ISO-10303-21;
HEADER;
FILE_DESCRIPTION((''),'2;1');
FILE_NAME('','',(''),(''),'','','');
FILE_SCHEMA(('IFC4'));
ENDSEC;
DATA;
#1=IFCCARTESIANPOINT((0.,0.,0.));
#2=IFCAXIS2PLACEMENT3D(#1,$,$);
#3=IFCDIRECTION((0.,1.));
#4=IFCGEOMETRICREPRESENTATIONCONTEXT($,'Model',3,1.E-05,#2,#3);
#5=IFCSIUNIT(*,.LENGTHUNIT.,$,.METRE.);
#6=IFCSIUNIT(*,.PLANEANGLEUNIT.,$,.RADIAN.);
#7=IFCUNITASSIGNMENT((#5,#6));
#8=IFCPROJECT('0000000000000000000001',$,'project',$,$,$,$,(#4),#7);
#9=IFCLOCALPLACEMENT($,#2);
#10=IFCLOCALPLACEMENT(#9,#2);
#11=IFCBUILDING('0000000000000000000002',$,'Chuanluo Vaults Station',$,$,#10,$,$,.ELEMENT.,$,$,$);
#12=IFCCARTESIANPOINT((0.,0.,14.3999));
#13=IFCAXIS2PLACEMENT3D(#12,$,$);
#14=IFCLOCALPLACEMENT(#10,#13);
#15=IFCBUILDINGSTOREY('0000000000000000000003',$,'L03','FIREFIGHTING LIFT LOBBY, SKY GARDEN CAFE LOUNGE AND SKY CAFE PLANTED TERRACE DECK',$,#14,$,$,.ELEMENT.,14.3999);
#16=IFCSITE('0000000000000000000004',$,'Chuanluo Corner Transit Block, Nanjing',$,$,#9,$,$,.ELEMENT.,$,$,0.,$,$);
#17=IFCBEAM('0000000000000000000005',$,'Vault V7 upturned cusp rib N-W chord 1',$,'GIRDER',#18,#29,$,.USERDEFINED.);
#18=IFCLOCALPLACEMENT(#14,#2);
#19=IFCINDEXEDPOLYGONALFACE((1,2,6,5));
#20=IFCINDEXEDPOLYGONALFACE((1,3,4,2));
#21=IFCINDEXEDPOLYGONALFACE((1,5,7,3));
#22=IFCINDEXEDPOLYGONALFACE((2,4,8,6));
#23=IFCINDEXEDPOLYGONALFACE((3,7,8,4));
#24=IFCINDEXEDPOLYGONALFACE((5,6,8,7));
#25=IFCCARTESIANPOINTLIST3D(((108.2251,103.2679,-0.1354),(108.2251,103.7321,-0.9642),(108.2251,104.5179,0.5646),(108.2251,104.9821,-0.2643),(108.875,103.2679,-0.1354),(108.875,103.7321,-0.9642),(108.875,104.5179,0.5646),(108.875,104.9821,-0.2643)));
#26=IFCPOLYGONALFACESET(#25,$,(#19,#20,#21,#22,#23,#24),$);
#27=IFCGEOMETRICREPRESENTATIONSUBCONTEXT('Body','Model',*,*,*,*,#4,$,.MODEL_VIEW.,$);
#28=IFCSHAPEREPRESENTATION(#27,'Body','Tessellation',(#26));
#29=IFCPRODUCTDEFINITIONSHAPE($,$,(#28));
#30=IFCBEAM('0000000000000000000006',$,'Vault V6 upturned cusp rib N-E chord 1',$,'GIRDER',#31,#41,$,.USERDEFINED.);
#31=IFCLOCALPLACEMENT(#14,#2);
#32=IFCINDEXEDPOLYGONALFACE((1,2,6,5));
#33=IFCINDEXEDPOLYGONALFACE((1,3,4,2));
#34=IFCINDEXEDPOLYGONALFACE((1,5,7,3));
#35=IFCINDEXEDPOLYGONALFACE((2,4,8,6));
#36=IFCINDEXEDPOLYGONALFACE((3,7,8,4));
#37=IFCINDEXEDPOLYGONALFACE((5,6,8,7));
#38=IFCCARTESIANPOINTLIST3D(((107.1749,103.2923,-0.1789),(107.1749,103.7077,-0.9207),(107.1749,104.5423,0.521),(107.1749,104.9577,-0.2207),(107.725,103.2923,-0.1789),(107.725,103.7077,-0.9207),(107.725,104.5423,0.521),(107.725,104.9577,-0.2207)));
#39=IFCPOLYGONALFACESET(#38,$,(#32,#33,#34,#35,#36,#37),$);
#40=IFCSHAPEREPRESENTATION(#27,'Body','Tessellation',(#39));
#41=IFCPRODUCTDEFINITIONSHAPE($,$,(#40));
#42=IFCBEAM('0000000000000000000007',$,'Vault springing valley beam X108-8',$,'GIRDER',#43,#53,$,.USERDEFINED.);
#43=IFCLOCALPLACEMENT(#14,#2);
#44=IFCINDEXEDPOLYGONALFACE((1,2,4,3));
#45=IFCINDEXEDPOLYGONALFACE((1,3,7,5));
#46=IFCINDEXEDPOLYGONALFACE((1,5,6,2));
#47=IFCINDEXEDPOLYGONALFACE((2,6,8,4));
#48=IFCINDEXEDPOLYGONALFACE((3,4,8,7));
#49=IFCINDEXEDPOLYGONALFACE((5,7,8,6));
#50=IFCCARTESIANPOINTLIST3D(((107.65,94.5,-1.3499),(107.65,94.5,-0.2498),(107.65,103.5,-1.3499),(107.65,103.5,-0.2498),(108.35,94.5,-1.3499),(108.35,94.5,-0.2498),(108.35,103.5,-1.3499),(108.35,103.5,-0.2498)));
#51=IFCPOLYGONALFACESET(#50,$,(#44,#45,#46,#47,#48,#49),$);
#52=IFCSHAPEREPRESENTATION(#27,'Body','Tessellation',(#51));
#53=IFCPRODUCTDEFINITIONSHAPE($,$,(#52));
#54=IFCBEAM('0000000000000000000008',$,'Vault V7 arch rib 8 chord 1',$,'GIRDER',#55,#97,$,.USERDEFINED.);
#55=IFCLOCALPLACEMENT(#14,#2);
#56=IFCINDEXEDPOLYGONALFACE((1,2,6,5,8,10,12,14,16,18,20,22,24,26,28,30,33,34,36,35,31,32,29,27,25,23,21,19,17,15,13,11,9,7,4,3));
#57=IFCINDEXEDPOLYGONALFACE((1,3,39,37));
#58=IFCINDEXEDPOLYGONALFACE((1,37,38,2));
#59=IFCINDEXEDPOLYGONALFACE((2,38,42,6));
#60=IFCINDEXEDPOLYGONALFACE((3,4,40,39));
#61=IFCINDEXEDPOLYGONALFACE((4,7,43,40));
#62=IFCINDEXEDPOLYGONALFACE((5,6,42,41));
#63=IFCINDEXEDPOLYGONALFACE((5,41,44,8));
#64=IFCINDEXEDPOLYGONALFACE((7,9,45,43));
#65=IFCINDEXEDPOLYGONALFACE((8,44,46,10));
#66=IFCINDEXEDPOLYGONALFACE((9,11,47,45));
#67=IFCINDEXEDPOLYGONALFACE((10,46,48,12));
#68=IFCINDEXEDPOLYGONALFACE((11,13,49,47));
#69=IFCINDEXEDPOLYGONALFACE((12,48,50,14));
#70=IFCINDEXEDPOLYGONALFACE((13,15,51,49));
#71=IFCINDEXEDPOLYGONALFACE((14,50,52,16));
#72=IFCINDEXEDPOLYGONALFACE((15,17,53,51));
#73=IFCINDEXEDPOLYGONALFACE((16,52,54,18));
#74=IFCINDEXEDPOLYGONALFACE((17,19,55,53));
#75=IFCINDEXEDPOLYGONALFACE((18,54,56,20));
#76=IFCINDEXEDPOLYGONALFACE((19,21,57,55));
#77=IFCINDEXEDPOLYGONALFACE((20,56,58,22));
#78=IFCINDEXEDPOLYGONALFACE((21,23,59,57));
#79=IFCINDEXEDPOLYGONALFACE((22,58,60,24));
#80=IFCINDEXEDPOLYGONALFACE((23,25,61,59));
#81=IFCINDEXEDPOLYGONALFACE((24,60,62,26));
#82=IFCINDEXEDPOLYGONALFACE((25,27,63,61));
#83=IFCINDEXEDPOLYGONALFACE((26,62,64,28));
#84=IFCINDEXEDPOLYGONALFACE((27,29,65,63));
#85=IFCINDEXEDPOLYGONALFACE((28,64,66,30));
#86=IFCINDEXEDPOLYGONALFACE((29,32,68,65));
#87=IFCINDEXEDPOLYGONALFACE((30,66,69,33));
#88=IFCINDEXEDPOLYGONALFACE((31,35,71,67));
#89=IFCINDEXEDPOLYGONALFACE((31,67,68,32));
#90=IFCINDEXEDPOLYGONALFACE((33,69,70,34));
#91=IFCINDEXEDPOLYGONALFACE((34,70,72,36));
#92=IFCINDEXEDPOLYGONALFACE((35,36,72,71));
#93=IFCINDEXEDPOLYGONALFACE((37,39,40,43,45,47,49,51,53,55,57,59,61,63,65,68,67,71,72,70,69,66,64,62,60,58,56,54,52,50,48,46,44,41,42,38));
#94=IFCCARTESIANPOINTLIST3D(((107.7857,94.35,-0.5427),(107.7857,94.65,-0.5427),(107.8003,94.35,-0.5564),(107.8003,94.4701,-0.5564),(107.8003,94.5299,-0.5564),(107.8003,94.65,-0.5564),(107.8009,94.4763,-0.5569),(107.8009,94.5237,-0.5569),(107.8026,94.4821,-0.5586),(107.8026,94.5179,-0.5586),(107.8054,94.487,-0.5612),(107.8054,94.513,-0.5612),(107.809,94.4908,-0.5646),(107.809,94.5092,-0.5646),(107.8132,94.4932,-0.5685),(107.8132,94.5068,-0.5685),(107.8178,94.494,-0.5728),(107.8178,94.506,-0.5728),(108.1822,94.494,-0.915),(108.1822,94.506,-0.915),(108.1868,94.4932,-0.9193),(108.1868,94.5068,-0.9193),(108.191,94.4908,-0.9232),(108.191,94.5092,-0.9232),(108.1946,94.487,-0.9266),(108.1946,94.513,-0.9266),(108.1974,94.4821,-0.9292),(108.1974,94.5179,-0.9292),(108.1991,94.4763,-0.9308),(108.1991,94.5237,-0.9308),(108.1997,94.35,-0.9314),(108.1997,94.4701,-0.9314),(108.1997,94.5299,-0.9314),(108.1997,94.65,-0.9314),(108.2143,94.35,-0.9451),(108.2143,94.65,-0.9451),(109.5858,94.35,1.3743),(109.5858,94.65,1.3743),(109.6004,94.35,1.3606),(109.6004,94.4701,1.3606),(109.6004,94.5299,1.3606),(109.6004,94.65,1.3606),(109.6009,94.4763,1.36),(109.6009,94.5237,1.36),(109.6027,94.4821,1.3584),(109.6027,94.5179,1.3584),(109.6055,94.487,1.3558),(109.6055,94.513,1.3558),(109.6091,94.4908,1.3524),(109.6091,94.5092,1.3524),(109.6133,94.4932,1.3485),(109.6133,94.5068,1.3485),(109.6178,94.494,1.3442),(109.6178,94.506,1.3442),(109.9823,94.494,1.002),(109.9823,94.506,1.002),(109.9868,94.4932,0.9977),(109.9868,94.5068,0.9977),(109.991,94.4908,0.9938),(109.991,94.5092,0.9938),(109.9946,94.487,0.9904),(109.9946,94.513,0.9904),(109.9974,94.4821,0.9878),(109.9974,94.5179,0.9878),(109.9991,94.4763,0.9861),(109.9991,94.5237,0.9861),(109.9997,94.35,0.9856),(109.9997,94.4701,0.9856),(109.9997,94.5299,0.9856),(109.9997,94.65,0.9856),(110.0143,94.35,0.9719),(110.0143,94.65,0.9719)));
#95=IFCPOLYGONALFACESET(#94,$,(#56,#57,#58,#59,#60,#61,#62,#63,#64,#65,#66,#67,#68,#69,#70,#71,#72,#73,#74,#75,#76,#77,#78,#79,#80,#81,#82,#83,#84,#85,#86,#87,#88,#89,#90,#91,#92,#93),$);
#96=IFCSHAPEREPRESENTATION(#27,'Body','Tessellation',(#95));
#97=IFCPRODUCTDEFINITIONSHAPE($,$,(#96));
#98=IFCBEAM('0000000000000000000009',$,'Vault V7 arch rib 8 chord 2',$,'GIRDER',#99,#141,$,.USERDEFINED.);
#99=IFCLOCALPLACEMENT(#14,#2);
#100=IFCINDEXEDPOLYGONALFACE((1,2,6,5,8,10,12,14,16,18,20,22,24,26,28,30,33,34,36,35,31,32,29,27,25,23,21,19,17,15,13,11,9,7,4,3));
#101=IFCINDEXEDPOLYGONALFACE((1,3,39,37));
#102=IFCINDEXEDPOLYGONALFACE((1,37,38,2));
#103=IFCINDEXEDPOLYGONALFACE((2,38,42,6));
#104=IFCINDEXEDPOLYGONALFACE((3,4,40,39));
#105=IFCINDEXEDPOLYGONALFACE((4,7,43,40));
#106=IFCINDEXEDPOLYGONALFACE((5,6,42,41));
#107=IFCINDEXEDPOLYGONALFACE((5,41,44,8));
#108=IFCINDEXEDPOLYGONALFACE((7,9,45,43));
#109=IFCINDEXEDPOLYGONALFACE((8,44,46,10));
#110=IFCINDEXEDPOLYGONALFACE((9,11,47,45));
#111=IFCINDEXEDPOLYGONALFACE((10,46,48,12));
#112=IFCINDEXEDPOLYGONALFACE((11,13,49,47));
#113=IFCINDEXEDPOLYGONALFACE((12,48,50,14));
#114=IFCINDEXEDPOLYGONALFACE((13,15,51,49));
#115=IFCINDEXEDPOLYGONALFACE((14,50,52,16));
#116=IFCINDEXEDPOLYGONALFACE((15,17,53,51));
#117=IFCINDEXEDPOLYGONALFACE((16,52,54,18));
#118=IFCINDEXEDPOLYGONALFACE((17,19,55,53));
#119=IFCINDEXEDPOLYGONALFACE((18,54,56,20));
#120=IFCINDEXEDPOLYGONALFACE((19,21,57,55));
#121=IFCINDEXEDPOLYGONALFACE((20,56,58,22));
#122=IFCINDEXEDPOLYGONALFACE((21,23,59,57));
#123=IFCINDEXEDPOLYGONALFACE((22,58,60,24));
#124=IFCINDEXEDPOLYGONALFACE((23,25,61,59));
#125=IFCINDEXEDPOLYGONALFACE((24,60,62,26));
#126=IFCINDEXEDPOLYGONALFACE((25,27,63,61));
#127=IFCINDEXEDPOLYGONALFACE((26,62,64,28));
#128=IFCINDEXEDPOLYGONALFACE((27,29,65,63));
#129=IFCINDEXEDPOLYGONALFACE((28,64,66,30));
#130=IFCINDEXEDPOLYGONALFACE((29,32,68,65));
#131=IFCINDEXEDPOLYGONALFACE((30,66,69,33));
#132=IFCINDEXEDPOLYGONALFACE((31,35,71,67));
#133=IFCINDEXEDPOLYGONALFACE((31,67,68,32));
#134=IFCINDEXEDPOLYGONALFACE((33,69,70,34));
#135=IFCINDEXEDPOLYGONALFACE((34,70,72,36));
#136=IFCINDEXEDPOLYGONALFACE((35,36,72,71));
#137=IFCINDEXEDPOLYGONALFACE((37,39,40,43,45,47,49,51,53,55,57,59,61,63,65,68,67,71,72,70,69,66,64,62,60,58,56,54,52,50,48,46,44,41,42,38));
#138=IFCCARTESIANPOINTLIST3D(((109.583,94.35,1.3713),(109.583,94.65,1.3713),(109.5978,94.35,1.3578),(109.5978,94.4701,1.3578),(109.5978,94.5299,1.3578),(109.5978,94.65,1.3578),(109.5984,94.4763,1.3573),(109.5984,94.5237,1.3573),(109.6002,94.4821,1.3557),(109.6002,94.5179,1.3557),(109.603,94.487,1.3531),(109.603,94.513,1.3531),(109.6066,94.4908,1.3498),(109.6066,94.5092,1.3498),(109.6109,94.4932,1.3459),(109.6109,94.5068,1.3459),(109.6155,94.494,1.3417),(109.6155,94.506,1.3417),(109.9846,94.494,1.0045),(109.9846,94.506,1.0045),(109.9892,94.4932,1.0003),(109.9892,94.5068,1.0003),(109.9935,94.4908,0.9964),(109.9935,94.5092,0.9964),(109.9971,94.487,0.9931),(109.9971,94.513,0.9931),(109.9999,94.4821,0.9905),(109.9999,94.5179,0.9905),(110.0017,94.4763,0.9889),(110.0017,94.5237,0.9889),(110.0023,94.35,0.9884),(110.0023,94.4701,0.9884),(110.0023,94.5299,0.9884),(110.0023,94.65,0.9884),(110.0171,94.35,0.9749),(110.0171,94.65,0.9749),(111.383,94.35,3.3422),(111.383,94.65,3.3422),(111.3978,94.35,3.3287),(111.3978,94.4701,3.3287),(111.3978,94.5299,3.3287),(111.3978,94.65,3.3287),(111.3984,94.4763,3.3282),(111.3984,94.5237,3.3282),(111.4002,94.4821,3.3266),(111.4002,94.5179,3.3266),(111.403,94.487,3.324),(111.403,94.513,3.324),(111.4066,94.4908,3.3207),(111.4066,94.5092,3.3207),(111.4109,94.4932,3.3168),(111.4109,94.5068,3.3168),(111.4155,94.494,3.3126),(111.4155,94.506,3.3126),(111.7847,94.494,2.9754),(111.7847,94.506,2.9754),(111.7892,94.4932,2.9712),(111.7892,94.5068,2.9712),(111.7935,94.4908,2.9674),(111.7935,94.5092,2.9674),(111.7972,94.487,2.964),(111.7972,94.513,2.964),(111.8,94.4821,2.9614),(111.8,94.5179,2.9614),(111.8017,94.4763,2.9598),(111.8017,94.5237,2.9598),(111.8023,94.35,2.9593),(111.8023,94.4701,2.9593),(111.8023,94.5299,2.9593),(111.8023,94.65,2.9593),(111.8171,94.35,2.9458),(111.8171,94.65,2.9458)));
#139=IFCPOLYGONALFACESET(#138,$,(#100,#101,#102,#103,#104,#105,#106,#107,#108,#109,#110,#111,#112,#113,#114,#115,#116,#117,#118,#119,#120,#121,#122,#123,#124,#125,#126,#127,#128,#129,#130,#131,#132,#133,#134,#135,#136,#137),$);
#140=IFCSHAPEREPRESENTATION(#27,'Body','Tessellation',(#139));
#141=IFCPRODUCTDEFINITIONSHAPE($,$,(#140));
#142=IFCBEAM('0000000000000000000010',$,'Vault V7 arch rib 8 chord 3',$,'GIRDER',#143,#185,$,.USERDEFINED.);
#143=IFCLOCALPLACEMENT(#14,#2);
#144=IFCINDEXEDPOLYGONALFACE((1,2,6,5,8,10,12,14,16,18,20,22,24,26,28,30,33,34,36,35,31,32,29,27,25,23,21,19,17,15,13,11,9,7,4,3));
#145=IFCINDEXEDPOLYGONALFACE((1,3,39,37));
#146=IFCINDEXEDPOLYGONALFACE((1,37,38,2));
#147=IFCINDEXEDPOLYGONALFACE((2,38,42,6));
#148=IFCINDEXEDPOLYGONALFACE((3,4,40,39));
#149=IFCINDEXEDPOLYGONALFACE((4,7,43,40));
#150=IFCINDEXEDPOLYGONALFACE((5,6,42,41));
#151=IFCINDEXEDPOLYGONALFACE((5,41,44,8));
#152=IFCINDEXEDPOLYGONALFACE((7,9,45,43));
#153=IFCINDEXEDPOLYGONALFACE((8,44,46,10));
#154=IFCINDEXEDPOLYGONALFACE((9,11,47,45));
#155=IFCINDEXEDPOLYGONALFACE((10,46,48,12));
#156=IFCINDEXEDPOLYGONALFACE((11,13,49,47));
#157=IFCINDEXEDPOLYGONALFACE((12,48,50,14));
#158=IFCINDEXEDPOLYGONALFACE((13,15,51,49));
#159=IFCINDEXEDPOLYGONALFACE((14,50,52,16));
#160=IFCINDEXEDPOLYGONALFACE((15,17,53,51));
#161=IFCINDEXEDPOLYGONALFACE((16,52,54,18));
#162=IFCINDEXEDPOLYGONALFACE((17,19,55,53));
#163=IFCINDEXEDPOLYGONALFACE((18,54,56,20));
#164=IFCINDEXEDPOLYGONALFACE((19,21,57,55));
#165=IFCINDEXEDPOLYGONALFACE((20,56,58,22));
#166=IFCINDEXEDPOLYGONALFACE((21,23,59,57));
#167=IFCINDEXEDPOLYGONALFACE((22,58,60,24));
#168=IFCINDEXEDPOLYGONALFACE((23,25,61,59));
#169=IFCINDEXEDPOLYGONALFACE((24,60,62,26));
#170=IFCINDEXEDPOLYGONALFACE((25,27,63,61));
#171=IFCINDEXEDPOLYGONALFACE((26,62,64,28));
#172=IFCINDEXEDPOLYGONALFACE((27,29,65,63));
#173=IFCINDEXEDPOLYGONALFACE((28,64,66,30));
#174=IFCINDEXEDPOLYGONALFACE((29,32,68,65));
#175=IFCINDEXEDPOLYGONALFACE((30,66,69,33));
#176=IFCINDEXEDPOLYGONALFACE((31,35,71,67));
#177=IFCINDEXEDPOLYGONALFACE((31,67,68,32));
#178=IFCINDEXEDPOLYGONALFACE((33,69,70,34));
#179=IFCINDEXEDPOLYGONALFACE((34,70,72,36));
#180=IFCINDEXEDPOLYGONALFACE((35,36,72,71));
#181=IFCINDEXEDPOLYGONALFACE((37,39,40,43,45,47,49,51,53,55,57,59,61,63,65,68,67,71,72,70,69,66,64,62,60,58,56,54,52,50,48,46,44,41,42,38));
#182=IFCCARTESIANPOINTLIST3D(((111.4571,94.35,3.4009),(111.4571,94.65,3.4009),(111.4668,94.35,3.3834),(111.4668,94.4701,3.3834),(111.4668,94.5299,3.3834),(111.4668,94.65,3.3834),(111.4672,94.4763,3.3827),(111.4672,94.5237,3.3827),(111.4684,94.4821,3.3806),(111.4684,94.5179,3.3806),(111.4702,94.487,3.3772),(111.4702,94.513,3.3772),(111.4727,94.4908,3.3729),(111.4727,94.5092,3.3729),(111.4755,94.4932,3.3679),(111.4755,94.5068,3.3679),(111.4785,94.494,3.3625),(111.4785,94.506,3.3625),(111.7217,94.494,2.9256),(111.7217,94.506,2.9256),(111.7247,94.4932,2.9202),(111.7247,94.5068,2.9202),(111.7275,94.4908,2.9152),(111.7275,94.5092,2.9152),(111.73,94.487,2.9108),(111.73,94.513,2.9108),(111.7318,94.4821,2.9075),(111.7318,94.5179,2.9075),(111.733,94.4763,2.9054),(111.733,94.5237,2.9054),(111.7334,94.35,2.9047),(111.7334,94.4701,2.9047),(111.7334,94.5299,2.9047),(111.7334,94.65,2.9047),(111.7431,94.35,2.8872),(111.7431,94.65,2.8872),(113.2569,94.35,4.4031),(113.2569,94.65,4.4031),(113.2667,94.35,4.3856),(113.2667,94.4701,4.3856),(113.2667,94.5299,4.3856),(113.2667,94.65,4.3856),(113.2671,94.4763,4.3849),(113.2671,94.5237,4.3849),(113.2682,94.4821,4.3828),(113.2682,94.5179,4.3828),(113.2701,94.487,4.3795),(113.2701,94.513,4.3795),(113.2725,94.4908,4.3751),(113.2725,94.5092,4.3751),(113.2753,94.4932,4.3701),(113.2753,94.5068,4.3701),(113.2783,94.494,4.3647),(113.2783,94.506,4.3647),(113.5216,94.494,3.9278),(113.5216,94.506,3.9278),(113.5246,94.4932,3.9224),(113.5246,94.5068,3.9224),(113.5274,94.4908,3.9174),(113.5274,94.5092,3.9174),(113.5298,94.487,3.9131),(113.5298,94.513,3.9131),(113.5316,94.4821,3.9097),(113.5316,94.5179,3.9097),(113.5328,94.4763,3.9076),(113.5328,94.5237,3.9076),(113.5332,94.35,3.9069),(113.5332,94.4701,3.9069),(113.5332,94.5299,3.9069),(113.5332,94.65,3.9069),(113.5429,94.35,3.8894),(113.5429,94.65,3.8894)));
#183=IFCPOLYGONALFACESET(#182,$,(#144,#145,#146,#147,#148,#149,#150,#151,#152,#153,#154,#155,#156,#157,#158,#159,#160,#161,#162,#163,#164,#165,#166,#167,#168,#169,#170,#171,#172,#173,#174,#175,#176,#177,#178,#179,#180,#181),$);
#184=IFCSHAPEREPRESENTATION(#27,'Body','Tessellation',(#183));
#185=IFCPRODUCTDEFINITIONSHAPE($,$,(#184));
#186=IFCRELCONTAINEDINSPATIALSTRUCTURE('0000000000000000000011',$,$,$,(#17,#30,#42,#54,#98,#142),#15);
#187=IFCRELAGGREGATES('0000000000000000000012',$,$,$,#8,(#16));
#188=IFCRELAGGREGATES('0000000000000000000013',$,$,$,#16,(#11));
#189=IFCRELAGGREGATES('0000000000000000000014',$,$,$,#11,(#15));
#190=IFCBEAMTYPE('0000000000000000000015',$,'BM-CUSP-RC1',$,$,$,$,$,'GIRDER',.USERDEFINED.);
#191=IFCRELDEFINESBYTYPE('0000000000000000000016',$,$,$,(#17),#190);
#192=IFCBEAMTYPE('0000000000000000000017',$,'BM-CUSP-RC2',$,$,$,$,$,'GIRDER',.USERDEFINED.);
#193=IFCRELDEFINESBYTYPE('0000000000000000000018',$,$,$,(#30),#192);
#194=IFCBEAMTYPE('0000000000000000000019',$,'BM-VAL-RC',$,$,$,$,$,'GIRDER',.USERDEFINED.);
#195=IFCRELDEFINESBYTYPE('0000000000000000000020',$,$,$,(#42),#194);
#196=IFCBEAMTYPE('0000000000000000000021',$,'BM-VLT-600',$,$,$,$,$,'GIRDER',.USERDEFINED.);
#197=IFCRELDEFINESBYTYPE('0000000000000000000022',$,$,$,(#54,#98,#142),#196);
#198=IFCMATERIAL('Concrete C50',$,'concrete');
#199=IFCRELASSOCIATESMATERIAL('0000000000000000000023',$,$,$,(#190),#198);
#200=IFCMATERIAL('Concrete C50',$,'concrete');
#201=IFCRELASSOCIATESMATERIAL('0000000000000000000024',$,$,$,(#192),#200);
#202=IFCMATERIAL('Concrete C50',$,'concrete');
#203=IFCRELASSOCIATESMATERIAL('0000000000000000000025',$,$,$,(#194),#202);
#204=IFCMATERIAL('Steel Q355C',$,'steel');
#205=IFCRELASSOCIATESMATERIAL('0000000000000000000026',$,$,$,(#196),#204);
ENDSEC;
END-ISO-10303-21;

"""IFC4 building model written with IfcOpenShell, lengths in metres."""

from ifc_helpers import new_model, si_unit, direction, frame, origin, origin_2d, place, context, subcontext, project, spatial, rectangle, i_section, extrude, material, material_profile, profile_set, type_object, element, save


model = new_model("IFC4")

# Units and contexts
model_context = context("Model", 3, precision=1e-05, world=origin(), true_north=direction((0.0, 1.0)))
body_context = subcontext(model_context, "Body", "Model", "MODEL_VIEW")
ifc_project = project(units=[si_unit("LENGTHUNIT", "METRE"), si_unit("PLANEANGLEUNIT", "RADIAN")], contexts=[model_context])

# Site, building, storey
site_placement = place(None, origin())
site = spatial("IfcSite", under=ifc_project, at=site_placement, Name="Chuanluo Corner Transit Block, Nanjing", CompositionType="ELEMENT", RefElevation=0.0)
building_placement = place(site_placement, origin())
building = spatial("IfcBuilding", under=site, at=building_placement, Name="Chuanluo Vaults Station", CompositionType="ELEMENT")
storey_placement = place(building_placement, frame((0.0, 0.0, 14.3999)))
storey = spatial("IfcBuildingStorey", under=building, at=storey_placement, Name="L03", Description="FIREFIGHTING LIFT LOBBY, SKY GARDEN CAFE LOUNGE AND SKY CAFE PLANTED TERRACE DECK", CompositionType="ELEMENT", Elevation=14.3999)

# Beams
ifc_material_1 = material(Name="Concrete C50", Category="concrete")
ifc_material_profile_1 = material_profile(ifc_material_1, rectangle(XDim=0.6499, YDim=0.95, at=origin_2d()))
ifc_profile_set_1 = profile_set([ifc_material_profile_1], Name="Concrete C50")
beam_type_1 = type_object("IfcBeamType", Name="BM-CUSP-RC1", ElementType="GIRDER", PredefinedType="USERDEFINED", material=ifc_profile_set_1)
beam_1_placement = place(storey_placement, frame((108.55, 103.5, -0.5498), z_axis=(0.0, 0.872521, 0.488577), x_axis=(-1.0, 0.0, 0.0)))
element("IfcBeam", 1, at=beam_1_placement, inside=storey, type_object=beam_type_1, Name="Vault V7 upturned cusp rib N-W chord 1", ObjectType="GIRDER", PredefinedType="USERDEFINED", context=body_context, shape_type="SweptSolid", body=[
    extrude(rectangle(XDim=0.6499, YDim=0.95, at=origin_2d()), origin(), (0.0, 0.0, 1.0), 1.4326),
])
ifc_material_2 = material(Name="Concrete C50", Category="concrete")
ifc_material_profile_2 = material_profile(ifc_material_2, rectangle(XDim=0.55, YDim=0.8501, at=origin_2d()))
ifc_profile_set_2 = profile_set([ifc_material_profile_2], Name="Concrete C50")
beam_type_2 = type_object("IfcBeamType", Name="BM-CUSP-RC2", ElementType="GIRDER", PredefinedType="USERDEFINED", material=ifc_profile_set_2)
beam_2_placement = place(storey_placement, frame((107.45, 103.5, -0.5498), z_axis=(0.0, 0.872521, 0.488577), x_axis=(-1.0, 0.0, 0.0)))
element("IfcBeam", 2, at=beam_2_placement, inside=storey, type_object=beam_type_2, Name="Vault V6 upturned cusp rib N-E chord 1", ObjectType="GIRDER", PredefinedType="USERDEFINED", context=body_context, shape_type="SweptSolid", body=[
    extrude(rectangle(XDim=0.55, YDim=0.8501, at=origin_2d()), origin(), (0.0, 0.0, 1.0), 1.4326),
])
ifc_material_3 = material(Name="Concrete C50", Category="concrete")
ifc_material_profile_3 = material_profile(ifc_material_3, rectangle(XDim=0.7, YDim=1.1001, at=origin_2d()))
ifc_profile_set_3 = profile_set([ifc_material_profile_3], Name="Concrete C50")
beam_type_3 = type_object("IfcBeamType", Name="BM-VAL-RC", ElementType="GIRDER", PredefinedType="USERDEFINED", material=ifc_profile_set_3)
beam_3_placement = place(storey_placement, frame((108.0, 94.5, -0.7998), z_axis=(0.0, 1.0, 0.0), x_axis=(-1.0, 0.0, 0.0)))
element("IfcBeam", 3, at=beam_3_placement, inside=storey, type_object=beam_type_3, Name="Vault springing valley beam X108-8", ObjectType="GIRDER", PredefinedType="USERDEFINED", context=body_context, shape_type="SweptSolid", body=[
    extrude(rectangle(XDim=0.7, YDim=1.1001, at=origin_2d()), origin(), (0.0, 0.0, 1.0), 9.0),
])
ifc_material_4 = material(Name="Steel Q355C", Category="steel")
ifc_material_profile_4 = material_profile(ifc_material_4, i_section(OverallWidth=0.3, OverallDepth=0.5879, WebThickness=0.012, FlangeThickness=0.02, FilletRadius=0.0239, at=origin_2d()))
ifc_profile_set_4 = profile_set([ifc_material_profile_4], Name="Steel Q355C")
beam_type_4 = type_object("IfcBeamType", Name="BM-VLT-600", ElementType="GIRDER", PredefinedType="USERDEFINED", material=ifc_profile_set_4)
beam_4_placement = place(storey_placement, frame((108.0, 94.5, -0.7439), z_axis=(0.684522, 0.0, 0.728993), x_axis=(0.0, 1.0, 0.0)))
element("IfcBeam", 4, at=beam_4_placement, inside=storey, type_object=beam_type_4, Name="Vault V7 arch rib 8 chord 1", ObjectType="GIRDER", PredefinedType="USERDEFINED", context=body_context, shape_type="SweptSolid", body=[
    extrude(i_section(OverallWidth=0.3, OverallDepth=0.5879, WebThickness=0.012, FlangeThickness=0.02, FilletRadius=0.0239, at=origin_2d()), origin(), (0.0, 0.0, 1.0), 2.6296),
])
beam_5_placement = place(storey_placement, frame((109.8, 94.5, 1.1731), z_axis=(0.674369, 0.0, 0.738394), x_axis=(0.0, 1.0, 0.0)))
element("IfcBeam", 5, at=beam_5_placement, inside=storey, type_object=beam_type_4, Name="Vault V7 arch rib 8 chord 2", ObjectType="GIRDER", PredefinedType="USERDEFINED", context=body_context, shape_type="SweptSolid", body=[
    extrude(i_section(OverallWidth=0.3, OverallDepth=0.5879, WebThickness=0.012, FlangeThickness=0.02, FilletRadius=0.0239, at=origin_2d()), origin(), (0.0, 0.0, 1.0), 2.6692),
])
beam_6_placement = place(storey_placement, frame((111.6001, 94.5, 3.144), z_axis=(0.873682, 0.0, 0.486498), x_axis=(0.0, 1.0, 0.0)))
element("IfcBeam", 6, at=beam_6_placement, inside=storey, type_object=beam_type_4, Name="Vault V7 arch rib 8 chord 3", ObjectType="GIRDER", PredefinedType="USERDEFINED", context=body_context, shape_type="SweptSolid", body=[
    extrude(i_section(OverallWidth=0.3, OverallDepth=0.5879, WebThickness=0.012, FlangeThickness=0.02, FilletRadius=0.0239, at=origin_2d()), origin(), (0.0, 0.0, 1.0), 2.0601),
])

save(model, "model.ifc")
